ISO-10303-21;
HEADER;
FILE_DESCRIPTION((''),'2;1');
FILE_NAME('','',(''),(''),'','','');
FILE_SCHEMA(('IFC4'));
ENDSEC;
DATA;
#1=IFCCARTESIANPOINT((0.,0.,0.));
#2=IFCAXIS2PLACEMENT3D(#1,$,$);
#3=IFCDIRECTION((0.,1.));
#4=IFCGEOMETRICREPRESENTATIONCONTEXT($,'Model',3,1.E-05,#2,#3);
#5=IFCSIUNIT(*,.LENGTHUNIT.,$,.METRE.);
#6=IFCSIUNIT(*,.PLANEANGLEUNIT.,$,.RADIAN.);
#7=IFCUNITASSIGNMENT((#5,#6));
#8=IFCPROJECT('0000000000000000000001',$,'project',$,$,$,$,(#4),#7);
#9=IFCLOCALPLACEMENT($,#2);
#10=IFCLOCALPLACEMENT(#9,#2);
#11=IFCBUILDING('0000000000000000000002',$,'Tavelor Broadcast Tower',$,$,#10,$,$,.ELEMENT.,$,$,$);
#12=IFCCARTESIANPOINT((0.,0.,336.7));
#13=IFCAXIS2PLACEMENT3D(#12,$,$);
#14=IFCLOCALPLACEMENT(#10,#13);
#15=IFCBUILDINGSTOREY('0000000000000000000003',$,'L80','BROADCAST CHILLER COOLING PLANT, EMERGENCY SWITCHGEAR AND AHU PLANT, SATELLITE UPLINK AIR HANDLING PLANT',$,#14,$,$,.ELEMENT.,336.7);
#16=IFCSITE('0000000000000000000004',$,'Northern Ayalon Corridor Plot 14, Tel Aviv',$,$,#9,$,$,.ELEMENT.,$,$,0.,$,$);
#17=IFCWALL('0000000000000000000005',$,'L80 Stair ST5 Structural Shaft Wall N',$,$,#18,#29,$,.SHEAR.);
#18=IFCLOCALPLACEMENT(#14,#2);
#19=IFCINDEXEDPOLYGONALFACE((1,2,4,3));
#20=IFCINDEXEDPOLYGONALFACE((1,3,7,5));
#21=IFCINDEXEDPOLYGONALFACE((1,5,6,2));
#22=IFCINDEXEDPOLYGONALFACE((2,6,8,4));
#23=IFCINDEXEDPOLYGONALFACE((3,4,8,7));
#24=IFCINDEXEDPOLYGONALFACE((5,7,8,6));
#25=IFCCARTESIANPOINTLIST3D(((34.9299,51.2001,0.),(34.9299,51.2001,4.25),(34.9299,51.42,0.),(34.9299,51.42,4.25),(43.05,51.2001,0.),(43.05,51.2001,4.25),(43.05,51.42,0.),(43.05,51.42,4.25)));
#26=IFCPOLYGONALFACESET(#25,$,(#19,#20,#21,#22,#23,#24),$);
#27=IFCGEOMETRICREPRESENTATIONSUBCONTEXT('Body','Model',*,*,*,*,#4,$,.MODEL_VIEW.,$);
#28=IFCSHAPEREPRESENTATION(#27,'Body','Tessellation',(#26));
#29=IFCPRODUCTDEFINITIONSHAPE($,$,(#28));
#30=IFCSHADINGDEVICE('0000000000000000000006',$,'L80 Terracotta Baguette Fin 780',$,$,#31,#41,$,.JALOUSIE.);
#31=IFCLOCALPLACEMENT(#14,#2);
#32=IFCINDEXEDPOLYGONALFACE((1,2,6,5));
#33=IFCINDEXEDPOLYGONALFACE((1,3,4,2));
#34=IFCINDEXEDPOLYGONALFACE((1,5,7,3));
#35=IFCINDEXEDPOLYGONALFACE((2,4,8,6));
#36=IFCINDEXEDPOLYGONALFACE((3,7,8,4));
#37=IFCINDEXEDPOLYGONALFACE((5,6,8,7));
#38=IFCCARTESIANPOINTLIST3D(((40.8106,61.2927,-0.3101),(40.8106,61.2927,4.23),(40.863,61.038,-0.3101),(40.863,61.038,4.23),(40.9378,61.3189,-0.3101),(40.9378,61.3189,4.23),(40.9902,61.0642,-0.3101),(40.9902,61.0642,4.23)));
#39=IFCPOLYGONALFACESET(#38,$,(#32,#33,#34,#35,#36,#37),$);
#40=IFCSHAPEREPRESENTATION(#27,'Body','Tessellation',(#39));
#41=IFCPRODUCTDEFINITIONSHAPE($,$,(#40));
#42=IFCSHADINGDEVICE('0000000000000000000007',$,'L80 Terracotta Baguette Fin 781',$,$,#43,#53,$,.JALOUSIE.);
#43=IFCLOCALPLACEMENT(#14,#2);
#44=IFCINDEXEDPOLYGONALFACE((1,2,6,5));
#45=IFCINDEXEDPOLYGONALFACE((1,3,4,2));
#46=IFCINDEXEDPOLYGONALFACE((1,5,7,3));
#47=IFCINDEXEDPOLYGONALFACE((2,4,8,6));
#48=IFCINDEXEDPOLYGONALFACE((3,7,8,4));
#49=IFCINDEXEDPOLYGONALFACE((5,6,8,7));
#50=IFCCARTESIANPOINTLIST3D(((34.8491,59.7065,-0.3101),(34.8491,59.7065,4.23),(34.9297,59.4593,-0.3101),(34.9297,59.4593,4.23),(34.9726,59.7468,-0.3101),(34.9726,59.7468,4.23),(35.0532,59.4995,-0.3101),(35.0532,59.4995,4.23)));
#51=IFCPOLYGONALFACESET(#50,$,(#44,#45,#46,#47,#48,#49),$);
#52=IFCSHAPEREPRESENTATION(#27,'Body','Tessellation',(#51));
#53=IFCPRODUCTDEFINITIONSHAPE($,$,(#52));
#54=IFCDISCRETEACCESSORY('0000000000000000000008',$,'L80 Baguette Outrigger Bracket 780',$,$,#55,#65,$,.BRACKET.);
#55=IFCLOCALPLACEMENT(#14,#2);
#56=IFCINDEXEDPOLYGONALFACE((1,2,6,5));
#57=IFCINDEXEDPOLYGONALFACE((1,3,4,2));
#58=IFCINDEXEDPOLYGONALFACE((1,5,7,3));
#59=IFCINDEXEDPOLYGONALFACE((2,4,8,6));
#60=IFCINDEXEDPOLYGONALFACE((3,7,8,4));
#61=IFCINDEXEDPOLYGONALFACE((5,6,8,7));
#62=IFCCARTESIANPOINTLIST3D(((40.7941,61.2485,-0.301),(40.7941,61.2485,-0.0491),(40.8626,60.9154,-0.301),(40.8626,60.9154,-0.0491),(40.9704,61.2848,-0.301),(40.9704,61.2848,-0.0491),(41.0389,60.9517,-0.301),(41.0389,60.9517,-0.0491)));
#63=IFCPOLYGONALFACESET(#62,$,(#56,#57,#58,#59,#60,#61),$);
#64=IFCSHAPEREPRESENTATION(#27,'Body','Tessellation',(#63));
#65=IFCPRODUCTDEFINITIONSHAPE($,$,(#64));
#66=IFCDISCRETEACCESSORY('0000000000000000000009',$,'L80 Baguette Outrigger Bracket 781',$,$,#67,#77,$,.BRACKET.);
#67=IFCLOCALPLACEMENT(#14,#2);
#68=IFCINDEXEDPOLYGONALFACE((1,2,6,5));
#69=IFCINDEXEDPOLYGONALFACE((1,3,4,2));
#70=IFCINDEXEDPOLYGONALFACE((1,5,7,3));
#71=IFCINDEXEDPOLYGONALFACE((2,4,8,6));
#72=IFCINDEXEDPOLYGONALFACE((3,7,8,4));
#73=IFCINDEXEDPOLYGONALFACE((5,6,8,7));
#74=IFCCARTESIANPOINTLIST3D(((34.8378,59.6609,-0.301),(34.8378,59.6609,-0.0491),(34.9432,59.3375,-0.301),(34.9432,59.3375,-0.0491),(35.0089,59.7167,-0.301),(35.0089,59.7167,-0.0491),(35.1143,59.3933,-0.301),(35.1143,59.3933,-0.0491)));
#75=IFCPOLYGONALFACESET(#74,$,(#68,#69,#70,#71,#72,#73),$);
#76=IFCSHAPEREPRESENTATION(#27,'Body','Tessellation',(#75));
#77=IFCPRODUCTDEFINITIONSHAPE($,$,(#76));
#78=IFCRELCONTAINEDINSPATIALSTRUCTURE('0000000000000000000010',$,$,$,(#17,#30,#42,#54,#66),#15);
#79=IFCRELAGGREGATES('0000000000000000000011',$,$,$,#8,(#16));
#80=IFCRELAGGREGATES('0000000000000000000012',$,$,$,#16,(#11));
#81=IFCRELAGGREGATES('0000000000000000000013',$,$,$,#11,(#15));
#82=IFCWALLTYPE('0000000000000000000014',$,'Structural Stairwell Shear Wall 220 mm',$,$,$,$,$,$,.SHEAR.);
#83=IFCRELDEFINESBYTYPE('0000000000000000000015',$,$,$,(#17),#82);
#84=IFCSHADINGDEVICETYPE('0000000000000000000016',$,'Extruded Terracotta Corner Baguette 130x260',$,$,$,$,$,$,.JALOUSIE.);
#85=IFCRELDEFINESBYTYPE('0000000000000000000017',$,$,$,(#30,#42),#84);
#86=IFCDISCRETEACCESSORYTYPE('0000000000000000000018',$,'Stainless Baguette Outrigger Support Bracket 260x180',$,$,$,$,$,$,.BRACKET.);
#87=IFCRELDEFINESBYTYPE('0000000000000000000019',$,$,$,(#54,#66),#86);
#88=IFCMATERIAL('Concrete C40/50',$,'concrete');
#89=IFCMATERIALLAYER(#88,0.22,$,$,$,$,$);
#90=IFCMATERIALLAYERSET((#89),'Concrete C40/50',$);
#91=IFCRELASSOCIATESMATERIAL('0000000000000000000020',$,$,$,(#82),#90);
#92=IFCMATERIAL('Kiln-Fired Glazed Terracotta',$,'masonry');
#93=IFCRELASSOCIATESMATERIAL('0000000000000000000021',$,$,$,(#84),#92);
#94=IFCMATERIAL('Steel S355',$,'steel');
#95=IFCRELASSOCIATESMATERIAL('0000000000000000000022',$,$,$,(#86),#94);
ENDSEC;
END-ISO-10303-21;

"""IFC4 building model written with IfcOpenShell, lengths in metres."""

from ifc_helpers import new_model, si_unit, direction, frame, frame_2d, origin, origin_2d, place, context, subcontext, project, spatial, rectangle, extrude, source, transform, mapped, material, layer, layer_set, type_object, type_shapes, element, save


model = new_model("IFC4")

# Units and contexts
model_context = context("Model", 3, precision=1e-05, world=origin(), true_north=direction((0.0, 1.0)))
body_context = subcontext(model_context, "Body", "Model", "MODEL_VIEW")
ifc_project = project(units=[si_unit("LENGTHUNIT", "METRE"), si_unit("PLANEANGLEUNIT", "RADIAN")], contexts=[model_context])

# Site, building, storey
site_placement = place(None, origin())
site = spatial("IfcSite", under=ifc_project, at=site_placement, Name="Northern Ayalon Corridor Plot 14, Tel Aviv", CompositionType="ELEMENT", RefElevation=0.0)
building_placement = place(site_placement, origin())
building = spatial("IfcBuilding", under=site, at=building_placement, Name="Tavelor Broadcast Tower", CompositionType="ELEMENT")
storey_placement = place(building_placement, frame((0.0, 0.0, 336.7)))
storey = spatial("IfcBuildingStorey", under=building, at=storey_placement, Name="L80", Description="BROADCAST CHILLER COOLING PLANT, EMERGENCY SWITCHGEAR AND AHU PLANT, SATELLITE UPLINK AIR HANDLING PLANT", CompositionType="ELEMENT", Elevation=336.7)

# Shared definitions
ifc_material_1 = material(Name="Steel S355", Category="steel")

# Wall
ifc_material_2 = material(Name="Concrete C40/50", Category="concrete")
ifc_layer_1 = layer(ifc_material_2, 0.22)
ifc_layer_set_1 = layer_set([ifc_layer_1], Name="Concrete C40/50")
wall_type = type_object("IfcWallType", Name="Structural Stairwell Shear Wall 220 mm", PredefinedType="SHEAR", material=ifc_layer_set_1)
wall_placement = place(storey_placement, frame((34.9299, 51.3101, 0.0), z_axis=(0.0, 0.0, 1.0), x_axis=(1.0, 0.0, 0.0)))
element("IfcWall", 1, at=wall_placement, inside=storey, type_object=wall_type, Name="L80 Stair ST5 Structural Shaft Wall N", PredefinedType="SHEAR", context=body_context, shape_type="SweptSolid", body=[
    extrude(rectangle(XDim=8.1201, YDim=0.22, at=frame_2d((4.0601, 0.0))), origin(), (0.0, 0.0, 1.0), 4.25),
])

# Shading devices
ifc_material_3 = material(Name="Kiln-Fired Glazed Terracotta", Category="masonry")
shading_device_type = type_object("IfcShadingDeviceType", Name="Extruded Terracotta Corner Baguette 130x260", PredefinedType="JALOUSIE", material=ifc_material_3)
shared_shape_1 = source(origin(), body_context, "Body", "SweptSolid", [
    extrude(rectangle(XDim=0.1299, YDim=0.26, at=origin_2d()), origin(), (0.0, 0.0, 1.0), 4.54),
])
type_shapes(shading_device_type, [shared_shape_1])
for number, where, z_axis, x_axis, name in (
    (2, (40.9004, 61.1785, -0.3101), (0.0, 0.0, 1.0), (-0.979505, -0.20142, 0.0), "L80 Terracotta Baguette Fin 780"),
    (3, (34.9512, 59.603, -0.3101), (0.0, 0.0, 1.0), (-0.950786, -0.309847, 0.0), "L80 Terracotta Baguette Fin 781"),
):
    element("IfcShadingDevice", number, at=place(storey_placement, frame(where, z_axis=z_axis, x_axis=x_axis)), inside=storey, type_object=shading_device_type, Name=name, PredefinedType="JALOUSIE", context=body_context, shape_type="MappedRepresentation", body=[
        mapped(shared_shape_1, transform((0.0, 0.0, 0.0), scale=1.0)),
    ])

# Discrete accessories
discrete_accessory_type = type_object("IfcDiscreteAccessoryType", Name="Stainless Baguette Outrigger Support Bracket 260x180", PredefinedType="BRACKET", material=ifc_material_1)
shared_shape_2 = source(origin(), body_context, "Body", "SweptSolid", [
    extrude(rectangle(XDim=0.1799, YDim=0.3401, at=origin_2d()), origin(), (0.0, 0.0, 1.0), 0.252),
])
type_shapes(discrete_accessory_type, [shared_shape_2])
for number, where, z_axis, x_axis, name in (
    (4, (40.9165, 61.1001, -0.301), (0.0, 0.0, 1.0), (-0.979505, -0.20142, 0.0), "L80 Baguette Outrigger Bracket 780"),
    (5, (34.9761, 59.5271, -0.301), (0.0, 0.0, 1.0), (-0.950786, -0.309847, 0.0), "L80 Baguette Outrigger Bracket 781"),
):
    element("IfcDiscreteAccessory", number, at=place(storey_placement, frame(where, z_axis=z_axis, x_axis=x_axis)), inside=storey, type_object=discrete_accessory_type, Name=name, PredefinedType="BRACKET", context=body_context, shape_type="MappedRepresentation", body=[
        mapped(shared_shape_2, transform((0.0, 0.0, 0.0), scale=1.0)),
    ])

save(model, "model.ifc")
